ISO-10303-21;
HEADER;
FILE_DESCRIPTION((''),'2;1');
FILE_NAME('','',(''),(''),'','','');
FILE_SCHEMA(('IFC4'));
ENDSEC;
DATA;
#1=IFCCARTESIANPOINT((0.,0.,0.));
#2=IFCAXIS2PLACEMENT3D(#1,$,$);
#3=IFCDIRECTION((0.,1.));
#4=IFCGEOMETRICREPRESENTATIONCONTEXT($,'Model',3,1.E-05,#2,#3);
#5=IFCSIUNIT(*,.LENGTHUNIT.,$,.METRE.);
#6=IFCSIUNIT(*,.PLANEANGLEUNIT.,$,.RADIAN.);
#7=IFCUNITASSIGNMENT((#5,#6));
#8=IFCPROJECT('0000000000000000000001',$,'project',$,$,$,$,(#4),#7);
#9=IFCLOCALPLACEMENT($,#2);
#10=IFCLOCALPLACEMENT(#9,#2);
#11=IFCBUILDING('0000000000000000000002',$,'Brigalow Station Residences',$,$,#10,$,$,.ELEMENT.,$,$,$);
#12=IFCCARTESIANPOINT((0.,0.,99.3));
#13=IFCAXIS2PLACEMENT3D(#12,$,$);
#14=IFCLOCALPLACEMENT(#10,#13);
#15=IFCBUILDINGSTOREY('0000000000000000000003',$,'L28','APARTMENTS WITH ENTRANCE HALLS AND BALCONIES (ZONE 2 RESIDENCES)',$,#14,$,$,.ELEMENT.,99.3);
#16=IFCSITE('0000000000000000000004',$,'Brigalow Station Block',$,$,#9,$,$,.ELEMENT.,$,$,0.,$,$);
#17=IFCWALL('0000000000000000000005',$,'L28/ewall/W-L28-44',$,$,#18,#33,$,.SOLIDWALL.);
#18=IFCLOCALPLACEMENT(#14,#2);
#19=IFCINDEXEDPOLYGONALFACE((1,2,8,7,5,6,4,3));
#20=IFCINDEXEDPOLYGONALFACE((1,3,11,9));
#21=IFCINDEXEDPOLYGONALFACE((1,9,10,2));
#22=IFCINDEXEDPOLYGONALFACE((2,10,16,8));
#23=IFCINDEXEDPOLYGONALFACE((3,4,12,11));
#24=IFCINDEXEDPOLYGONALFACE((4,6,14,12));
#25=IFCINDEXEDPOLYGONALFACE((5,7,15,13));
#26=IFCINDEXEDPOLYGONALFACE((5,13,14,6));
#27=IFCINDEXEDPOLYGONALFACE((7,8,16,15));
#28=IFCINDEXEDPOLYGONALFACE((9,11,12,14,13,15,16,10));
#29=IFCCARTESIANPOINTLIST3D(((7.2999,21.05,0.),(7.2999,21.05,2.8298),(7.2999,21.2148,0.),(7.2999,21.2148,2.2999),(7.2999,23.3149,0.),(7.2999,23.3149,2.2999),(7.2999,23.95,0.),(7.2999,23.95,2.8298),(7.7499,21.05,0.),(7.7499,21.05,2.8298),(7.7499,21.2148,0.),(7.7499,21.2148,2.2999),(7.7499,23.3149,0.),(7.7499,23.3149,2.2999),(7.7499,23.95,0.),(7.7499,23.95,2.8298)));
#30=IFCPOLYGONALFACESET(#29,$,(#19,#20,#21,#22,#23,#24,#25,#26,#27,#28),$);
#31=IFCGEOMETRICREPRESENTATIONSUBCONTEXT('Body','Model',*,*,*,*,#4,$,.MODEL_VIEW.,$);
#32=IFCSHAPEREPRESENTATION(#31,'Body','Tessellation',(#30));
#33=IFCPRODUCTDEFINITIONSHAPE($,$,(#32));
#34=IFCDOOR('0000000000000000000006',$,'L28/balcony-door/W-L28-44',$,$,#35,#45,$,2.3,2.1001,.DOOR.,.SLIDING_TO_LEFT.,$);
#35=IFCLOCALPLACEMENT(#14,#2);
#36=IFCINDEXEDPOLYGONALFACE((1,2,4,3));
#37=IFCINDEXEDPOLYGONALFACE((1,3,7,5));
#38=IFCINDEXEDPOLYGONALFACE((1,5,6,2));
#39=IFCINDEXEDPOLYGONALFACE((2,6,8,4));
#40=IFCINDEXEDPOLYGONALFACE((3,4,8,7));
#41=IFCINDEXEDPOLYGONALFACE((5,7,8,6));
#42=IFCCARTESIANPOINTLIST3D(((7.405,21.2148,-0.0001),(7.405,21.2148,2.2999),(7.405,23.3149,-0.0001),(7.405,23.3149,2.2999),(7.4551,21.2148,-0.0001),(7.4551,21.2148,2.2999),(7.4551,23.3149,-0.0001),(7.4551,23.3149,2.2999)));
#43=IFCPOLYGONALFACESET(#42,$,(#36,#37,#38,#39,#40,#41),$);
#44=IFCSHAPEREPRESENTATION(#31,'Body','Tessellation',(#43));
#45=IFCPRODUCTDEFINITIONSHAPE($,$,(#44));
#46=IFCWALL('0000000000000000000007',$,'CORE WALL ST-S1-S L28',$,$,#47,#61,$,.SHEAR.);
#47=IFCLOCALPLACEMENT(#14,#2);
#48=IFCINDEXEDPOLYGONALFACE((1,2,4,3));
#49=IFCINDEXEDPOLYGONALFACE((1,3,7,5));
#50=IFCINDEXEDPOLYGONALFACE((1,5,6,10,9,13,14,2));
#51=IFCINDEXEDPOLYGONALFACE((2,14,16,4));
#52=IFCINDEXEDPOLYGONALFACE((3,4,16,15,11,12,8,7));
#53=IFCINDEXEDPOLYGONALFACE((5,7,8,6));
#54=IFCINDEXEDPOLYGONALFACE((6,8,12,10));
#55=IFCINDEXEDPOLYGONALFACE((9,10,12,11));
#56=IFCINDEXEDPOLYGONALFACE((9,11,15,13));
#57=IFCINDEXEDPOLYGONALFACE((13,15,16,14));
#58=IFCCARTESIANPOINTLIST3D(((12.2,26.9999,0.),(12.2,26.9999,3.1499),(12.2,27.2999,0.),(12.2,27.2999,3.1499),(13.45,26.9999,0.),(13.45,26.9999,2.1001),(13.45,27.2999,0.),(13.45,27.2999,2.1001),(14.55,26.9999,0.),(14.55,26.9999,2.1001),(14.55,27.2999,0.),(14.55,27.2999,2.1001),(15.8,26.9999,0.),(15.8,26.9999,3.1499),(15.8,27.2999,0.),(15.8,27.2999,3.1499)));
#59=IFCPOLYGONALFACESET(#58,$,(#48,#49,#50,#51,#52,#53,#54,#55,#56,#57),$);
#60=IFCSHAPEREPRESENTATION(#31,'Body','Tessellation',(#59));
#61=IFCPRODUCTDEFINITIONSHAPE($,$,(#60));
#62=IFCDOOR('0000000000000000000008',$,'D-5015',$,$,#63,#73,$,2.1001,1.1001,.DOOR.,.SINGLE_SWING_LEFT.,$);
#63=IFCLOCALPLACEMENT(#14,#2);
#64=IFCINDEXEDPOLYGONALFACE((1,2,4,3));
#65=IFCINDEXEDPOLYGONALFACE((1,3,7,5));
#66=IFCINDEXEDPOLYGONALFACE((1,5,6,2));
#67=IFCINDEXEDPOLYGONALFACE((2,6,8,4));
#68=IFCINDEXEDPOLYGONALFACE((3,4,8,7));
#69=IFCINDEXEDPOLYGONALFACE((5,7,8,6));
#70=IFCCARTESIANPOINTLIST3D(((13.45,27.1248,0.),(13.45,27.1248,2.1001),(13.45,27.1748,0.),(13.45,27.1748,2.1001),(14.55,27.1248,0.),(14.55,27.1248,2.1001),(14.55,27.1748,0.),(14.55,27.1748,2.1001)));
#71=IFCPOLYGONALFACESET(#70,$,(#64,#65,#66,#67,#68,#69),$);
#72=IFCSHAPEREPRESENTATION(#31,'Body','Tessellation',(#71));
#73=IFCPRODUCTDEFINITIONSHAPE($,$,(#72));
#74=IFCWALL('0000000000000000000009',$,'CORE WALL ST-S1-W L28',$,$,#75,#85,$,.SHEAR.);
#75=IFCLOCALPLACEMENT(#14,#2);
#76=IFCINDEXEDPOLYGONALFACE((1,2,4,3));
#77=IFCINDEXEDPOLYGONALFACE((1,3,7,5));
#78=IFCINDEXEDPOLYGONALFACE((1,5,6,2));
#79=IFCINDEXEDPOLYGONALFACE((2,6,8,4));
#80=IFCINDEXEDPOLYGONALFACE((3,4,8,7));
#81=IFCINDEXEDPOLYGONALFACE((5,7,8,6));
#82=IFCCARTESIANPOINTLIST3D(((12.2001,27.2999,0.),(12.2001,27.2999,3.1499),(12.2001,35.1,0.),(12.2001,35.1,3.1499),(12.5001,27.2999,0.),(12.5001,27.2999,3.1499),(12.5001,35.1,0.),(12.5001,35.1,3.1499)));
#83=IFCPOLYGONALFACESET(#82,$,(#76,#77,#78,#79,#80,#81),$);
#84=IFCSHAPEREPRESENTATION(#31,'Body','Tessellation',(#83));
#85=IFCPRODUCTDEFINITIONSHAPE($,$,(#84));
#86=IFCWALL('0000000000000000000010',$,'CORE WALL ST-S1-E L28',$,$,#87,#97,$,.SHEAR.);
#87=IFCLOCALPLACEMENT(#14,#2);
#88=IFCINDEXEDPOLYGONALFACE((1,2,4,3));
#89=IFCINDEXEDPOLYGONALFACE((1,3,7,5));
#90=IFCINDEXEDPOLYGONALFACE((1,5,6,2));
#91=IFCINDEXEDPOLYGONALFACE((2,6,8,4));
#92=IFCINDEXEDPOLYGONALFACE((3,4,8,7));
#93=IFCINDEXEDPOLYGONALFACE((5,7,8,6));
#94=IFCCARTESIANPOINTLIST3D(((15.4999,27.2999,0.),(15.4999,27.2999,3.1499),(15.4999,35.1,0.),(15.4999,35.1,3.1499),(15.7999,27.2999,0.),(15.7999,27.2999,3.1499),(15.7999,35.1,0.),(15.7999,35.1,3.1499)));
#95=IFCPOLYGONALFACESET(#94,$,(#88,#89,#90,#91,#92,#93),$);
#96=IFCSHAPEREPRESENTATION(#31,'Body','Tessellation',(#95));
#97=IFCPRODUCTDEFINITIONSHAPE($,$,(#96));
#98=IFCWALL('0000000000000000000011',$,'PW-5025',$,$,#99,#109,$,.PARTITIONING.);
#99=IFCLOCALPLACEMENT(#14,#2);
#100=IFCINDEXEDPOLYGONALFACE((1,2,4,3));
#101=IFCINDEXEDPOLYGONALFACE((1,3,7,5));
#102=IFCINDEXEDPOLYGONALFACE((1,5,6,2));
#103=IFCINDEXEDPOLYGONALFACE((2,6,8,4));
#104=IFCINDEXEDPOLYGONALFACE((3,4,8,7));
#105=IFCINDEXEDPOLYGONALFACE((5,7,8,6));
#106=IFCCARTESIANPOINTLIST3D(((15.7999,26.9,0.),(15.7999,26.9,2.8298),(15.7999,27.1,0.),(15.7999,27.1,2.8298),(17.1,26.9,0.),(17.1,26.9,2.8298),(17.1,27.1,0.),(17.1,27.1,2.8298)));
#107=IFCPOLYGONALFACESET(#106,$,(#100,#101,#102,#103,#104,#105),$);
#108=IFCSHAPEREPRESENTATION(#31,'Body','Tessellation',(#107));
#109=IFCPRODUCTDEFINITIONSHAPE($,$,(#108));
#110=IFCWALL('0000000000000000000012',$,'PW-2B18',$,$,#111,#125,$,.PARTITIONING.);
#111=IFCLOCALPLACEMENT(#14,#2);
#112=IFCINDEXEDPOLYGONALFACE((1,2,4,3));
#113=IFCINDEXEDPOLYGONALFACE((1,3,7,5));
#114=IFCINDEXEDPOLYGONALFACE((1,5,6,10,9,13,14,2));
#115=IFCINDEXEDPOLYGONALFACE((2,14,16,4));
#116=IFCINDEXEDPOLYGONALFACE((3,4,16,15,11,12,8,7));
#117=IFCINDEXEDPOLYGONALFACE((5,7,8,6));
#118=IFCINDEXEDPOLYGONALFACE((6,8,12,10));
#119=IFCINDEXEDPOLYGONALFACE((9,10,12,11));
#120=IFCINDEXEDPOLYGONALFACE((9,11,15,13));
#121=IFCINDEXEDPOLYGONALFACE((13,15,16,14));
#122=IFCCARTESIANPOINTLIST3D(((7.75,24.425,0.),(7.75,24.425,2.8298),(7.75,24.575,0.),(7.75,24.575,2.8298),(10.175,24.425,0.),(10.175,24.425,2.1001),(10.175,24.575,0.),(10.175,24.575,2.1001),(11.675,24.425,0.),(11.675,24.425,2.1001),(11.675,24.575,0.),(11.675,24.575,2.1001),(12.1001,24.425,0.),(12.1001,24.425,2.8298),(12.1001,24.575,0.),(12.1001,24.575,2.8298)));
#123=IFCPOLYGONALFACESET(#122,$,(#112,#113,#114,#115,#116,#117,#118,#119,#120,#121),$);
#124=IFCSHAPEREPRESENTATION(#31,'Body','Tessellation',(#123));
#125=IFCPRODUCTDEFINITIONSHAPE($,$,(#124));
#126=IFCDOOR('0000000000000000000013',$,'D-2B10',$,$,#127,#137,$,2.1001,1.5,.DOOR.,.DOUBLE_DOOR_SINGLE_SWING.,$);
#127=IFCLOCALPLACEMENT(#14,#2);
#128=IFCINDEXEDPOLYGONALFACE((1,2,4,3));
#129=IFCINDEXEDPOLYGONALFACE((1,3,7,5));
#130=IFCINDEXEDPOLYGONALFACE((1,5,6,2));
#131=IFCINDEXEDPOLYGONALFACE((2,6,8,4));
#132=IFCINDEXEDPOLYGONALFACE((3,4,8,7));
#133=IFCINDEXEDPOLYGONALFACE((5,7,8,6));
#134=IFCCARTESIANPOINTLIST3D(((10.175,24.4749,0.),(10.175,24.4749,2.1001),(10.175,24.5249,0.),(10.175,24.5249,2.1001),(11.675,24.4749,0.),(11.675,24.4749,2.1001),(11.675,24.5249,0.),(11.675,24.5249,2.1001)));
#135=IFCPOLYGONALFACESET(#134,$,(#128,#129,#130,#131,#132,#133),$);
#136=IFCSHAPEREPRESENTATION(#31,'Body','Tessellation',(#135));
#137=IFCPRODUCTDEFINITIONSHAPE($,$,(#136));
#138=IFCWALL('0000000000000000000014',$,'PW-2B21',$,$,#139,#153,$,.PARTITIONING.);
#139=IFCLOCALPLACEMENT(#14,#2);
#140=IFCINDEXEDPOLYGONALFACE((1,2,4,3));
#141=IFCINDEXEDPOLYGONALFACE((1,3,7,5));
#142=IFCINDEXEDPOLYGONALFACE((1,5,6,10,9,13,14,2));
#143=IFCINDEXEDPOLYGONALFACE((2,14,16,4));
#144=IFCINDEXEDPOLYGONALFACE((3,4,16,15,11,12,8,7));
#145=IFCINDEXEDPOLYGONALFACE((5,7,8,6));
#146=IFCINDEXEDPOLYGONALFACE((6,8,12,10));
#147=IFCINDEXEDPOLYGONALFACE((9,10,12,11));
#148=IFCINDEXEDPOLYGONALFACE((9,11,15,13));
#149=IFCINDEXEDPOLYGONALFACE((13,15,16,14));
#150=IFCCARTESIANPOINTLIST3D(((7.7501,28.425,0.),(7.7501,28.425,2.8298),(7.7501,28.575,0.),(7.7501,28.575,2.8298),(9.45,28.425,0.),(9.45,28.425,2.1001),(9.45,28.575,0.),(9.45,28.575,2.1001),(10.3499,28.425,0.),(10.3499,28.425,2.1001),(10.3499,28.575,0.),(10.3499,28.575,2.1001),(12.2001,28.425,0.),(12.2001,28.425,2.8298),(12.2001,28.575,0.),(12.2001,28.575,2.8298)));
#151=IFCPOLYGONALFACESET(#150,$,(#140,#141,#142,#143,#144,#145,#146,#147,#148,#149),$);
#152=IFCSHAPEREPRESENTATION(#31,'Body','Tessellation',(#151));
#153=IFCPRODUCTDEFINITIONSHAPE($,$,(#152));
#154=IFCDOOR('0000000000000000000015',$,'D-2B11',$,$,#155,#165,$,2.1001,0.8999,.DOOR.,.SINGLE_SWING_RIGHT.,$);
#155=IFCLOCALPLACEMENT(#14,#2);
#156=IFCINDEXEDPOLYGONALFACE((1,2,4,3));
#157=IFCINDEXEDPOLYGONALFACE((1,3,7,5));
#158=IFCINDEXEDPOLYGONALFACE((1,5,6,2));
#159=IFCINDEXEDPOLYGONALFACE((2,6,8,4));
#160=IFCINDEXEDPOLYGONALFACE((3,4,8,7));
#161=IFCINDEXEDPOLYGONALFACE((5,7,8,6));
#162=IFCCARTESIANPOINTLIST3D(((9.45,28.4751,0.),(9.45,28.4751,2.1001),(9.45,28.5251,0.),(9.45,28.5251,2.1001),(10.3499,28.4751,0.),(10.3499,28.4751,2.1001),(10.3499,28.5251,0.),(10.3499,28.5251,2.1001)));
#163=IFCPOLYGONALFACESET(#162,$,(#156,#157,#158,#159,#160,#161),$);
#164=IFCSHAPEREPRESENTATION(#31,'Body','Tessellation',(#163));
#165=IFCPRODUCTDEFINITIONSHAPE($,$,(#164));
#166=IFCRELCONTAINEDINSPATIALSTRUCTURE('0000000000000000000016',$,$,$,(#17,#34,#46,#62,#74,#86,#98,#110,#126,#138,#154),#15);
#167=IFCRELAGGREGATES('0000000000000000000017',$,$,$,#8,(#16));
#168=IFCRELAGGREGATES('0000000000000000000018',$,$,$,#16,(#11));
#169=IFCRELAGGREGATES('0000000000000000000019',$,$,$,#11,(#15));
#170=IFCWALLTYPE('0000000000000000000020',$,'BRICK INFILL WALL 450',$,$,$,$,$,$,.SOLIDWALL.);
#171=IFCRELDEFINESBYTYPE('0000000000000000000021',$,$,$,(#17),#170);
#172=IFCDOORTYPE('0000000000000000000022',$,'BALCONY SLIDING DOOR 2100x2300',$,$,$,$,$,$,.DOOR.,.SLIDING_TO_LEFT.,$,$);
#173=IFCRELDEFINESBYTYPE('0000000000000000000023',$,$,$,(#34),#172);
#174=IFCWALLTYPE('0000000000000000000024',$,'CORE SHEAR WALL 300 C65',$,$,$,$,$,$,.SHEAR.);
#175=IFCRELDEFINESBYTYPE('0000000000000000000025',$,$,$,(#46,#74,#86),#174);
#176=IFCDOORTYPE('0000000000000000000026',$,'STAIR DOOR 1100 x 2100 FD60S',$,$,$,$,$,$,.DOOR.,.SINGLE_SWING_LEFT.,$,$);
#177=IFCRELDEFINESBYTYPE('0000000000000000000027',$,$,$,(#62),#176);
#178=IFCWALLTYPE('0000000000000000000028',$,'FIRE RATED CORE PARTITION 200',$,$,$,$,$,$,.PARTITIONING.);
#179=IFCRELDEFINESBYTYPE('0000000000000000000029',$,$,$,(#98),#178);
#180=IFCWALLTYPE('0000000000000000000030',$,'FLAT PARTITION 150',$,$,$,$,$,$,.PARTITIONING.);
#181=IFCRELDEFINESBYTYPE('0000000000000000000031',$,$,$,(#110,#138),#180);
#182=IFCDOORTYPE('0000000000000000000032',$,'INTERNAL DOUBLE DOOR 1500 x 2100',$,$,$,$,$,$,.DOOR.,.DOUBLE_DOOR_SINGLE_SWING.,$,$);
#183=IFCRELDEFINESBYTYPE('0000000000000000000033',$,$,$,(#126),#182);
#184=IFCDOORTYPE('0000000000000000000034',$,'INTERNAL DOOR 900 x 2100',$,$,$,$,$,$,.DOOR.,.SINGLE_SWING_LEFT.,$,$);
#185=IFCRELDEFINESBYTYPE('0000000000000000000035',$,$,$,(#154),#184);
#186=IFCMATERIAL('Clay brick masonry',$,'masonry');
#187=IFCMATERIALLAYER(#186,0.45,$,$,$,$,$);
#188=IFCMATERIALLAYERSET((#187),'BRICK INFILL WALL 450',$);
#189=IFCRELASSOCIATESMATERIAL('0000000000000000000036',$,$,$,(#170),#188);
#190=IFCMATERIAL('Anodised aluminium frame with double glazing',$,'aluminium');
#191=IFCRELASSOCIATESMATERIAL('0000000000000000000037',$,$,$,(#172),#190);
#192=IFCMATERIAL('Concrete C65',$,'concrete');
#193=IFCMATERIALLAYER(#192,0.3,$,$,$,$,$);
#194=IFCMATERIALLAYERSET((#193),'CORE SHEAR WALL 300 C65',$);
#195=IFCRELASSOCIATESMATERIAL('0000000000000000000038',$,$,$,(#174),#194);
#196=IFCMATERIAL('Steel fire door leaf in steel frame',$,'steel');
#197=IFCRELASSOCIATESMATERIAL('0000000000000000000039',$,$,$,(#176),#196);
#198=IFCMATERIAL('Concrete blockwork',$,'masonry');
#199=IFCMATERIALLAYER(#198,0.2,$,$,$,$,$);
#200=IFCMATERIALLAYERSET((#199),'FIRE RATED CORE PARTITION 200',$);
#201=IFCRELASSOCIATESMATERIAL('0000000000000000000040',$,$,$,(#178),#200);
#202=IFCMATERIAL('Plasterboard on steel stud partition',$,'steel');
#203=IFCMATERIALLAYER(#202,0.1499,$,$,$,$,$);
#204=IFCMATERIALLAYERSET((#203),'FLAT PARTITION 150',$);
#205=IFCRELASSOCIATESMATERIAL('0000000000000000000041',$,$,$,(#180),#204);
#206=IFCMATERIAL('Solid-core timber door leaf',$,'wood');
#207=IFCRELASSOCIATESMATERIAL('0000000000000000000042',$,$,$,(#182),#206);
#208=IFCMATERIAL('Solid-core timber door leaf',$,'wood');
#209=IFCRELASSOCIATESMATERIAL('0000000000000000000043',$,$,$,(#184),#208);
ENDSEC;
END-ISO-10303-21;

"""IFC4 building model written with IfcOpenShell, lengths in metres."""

from ifc_helpers import new_model, si_unit, direction, frame, frame_2d, origin, place, context, subcontext, project, spatial, rectangle, extrude, material, layer, layer_set, type_object, element, fill, save


model = new_model("IFC4")

# Units and contexts
model_context = context("Model", 3, precision=1e-05, world=origin(), true_north=direction((0.0, 1.0)))
body_context = subcontext(model_context, "Body", "Model", "MODEL_VIEW")
ifc_project = project(units=[si_unit("LENGTHUNIT", "METRE"), si_unit("PLANEANGLEUNIT", "RADIAN")], contexts=[model_context])

# Site, building, storey
site_placement = place(None, origin())
site = spatial("IfcSite", under=ifc_project, at=site_placement, Name="Brigalow Station Block", CompositionType="ELEMENT", RefElevation=0.0)
building_placement = place(site_placement, origin())
building = spatial("IfcBuilding", under=site, at=building_placement, Name="Brigalow Station Residences", CompositionType="ELEMENT")
storey_placement = place(building_placement, frame((0.0, 0.0, 99.3)))
storey = spatial("IfcBuildingStorey", under=building, at=storey_placement, Name="L28", Description="APARTMENTS WITH ENTRANCE HALLS AND BALCONIES (ZONE 2 RESIDENCES)", CompositionType="ELEMENT", Elevation=99.3)

# Shared definitions
ifc_material_1 = material(Name="Clay brick masonry", Category="masonry")
ifc_layer_1 = layer(ifc_material_1, 0.45)
ifc_layer_set_1 = layer_set([ifc_layer_1], Name="BRICK INFILL WALL 450")
wall_type_1 = type_object("IfcWallType", Name="BRICK INFILL WALL 450", PredefinedType="SOLIDWALL", material=ifc_layer_set_1)

# Walls, openings, doors
wall_1_placement = place(storey_placement, frame((7.5249, 23.95, 0.0), z_axis=(0.0, 0.0, 1.0), x_axis=(0.0, -1.0, 0.0)))
wall_1 = element("IfcWall", 1, at=wall_1_placement, inside=storey, type_object=wall_type_1, Name="L28/ewall/W-L28-44", PredefinedType="SOLIDWALL", context=body_context, shape_type="SweptSolid", body=[
    extrude(rectangle(XDim=2.8999, YDim=0.45, at=frame_2d((1.45, 0.0))), origin(), (0.0, 0.0, 1.0), 2.8298),
])
opening_1_placement = place(wall_1_placement, frame((0.635, 0.0, 0.0)))
opening_1 = element("IfcOpeningElement", 2, at=opening_1_placement, cuts=wall_1, PredefinedType="OPENING", context=body_context, shape_type="SweptSolid", body=[
    extrude(rectangle(XDim=2.1001, YDim=2.3, at=frame_2d((1.05, 1.1499))), frame((0.0, 0.2349, 0.0), z_axis=(0.0, -1.0, 0.0), x_axis=(1.0, 0.0, 0.0)), (0.0, 0.0, 1.0), 0.47),
])
ifc_material_2 = material(Name="Anodised aluminium frame with double glazing", Category="aluminium")
door_type_1 = type_object("IfcDoorType", Name="BALCONY SLIDING DOOR 2100x2300", OperationType="SLIDING_TO_LEFT", PredefinedType="DOOR", material=ifc_material_2)
door_1_placement = place(opening_1_placement, origin())
door_1 = element("IfcDoor", 3, at=door_1_placement, inside=storey, type_object=door_type_1, Name="L28/balcony-door/W-L28-44", OperationType="SLIDING_TO_LEFT", OverallHeight=2.3, OverallWidth=2.1001, PredefinedType="DOOR", context=body_context, shape_type="SweptSolid", body=[
    extrude(rectangle(XDim=2.1001, YDim=2.3, at=frame_2d((1.05, 1.1499))), frame((0.0, -0.0698, 0.0), z_axis=(0.0, -1.0, 0.0), x_axis=(1.0, 0.0, 0.0)), (0.0, 0.0, 1.0), 0.05),
])
fill(opening_1, door_1)
ifc_material_3 = material(Name="Concrete C65", Category="concrete")
ifc_layer_2 = layer(ifc_material_3, 0.3)
ifc_layer_set_2 = layer_set([ifc_layer_2], Name="CORE SHEAR WALL 300 C65")
wall_type_2 = type_object("IfcWallType", Name="CORE SHEAR WALL 300 C65", PredefinedType="SHEAR", material=ifc_layer_set_2)
wall_2_placement = place(storey_placement, frame((12.2, 27.1499, 0.0), z_axis=(0.0, 0.0, 1.0), x_axis=(1.0, 0.0, 0.0)))
wall_2 = element("IfcWall", 4, at=wall_2_placement, inside=storey, type_object=wall_type_2, Name="CORE WALL ST-S1-S L28", PredefinedType="SHEAR", context=body_context, shape_type="SweptSolid", body=[
    extrude(rectangle(XDim=3.6001, YDim=0.3, at=frame_2d((1.8, 0.0))), origin(), (0.0, 0.0, 1.0), 3.1499),
])
opening_2_placement = place(wall_2_placement, frame((1.25, 0.0, 0.0)))
opening_2 = element("IfcOpeningElement", 5, at=opening_2_placement, cuts=wall_2, PredefinedType="OPENING", context=body_context, shape_type="SweptSolid", body=[
    extrude(rectangle(XDim=1.1001, YDim=2.1001, at=frame_2d((0.55, 1.05))), frame((0.0, 0.1602, 0.0), z_axis=(0.0, -1.0, 0.0), x_axis=(1.0, 0.0, 0.0)), (0.0, 0.0, 1.0), 0.3201),
])
ifc_material_4 = material(Name="Steel fire door leaf in steel frame", Category="steel")
door_type_2 = type_object("IfcDoorType", Name="STAIR DOOR 1100 x 2100 FD60S", OperationType="SINGLE_SWING_LEFT", PredefinedType="DOOR", material=ifc_material_4)
door_2_placement = place(opening_2_placement, origin())
door_2 = element("IfcDoor", 6, at=door_2_placement, inside=storey, type_object=door_type_2, Name="D-5015", OperationType="SINGLE_SWING_LEFT", OverallHeight=2.1001, OverallWidth=1.1001, PredefinedType="DOOR", context=body_context, shape_type="SweptSolid", body=[
    extrude(rectangle(XDim=1.1001, YDim=2.1001, at=frame_2d((0.55, 1.05))), frame((0.0, 0.0249, 0.0), z_axis=(0.0, -1.0, 0.0), x_axis=(1.0, 0.0, 0.0)), (0.0, 0.0, 1.0), 0.05),
])
fill(opening_2, door_2)

# Walls
for number, where, z_axis, x_axis, name in (
    (7, (12.3501, 27.3, 0.0), (0.0, 0.0, 1.0), (0.0, 1.0, 0.0), "CORE WALL ST-S1-W L28"),
    (8, (15.6499, 27.3, 0.0), (0.0, 0.0, 1.0), (0.0, 1.0, 0.0), "CORE WALL ST-S1-E L28"),
):
    element("IfcWall", number, at=place(storey_placement, frame(where, z_axis=z_axis, x_axis=x_axis)), inside=storey, type_object=wall_type_2, Name=name, PredefinedType="SHEAR", context=body_context, shape_type="SweptSolid", body=[
        extrude(rectangle(XDim=7.8, YDim=0.3, at=frame_2d((3.8999, 0.0))), origin(), (0.0, 0.0, 1.0), 3.1499),
    ])
ifc_material_5 = material(Name="Concrete blockwork", Category="masonry")
ifc_layer_3 = layer(ifc_material_5, 0.2)
ifc_layer_set_3 = layer_set([ifc_layer_3], Name="FIRE RATED CORE PARTITION 200")
wall_type_3 = type_object("IfcWallType", Name="FIRE RATED CORE PARTITION 200", PredefinedType="PARTITIONING", material=ifc_layer_set_3)
wall_3_placement = place(storey_placement, frame((15.8, 27.0, 0.0), z_axis=(0.0, 0.0, 1.0), x_axis=(1.0, 0.0, 0.0)))
element("IfcWall", 9, at=wall_3_placement, inside=storey, type_object=wall_type_3, Name="PW-5025", PredefinedType="PARTITIONING", context=body_context, shape_type="SweptSolid", body=[
    extrude(rectangle(XDim=1.3, YDim=0.2, at=frame_2d((0.6499, 0.0))), origin(), (0.0, 0.0, 1.0), 2.8298),
])

# Walls, openings, doors
ifc_material_6 = material(Name="Plasterboard on steel stud partition", Category="steel")
ifc_layer_4 = layer(ifc_material_6, 0.1499)
ifc_layer_set_4 = layer_set([ifc_layer_4], Name="FLAT PARTITION 150")
wall_type_4 = type_object("IfcWallType", Name="FLAT PARTITION 150", PredefinedType="PARTITIONING", material=ifc_layer_set_4)
wall_4_placement = place(storey_placement, frame((7.75, 24.5, 0.0), z_axis=(0.0, 0.0, 1.0), x_axis=(1.0, 0.0, 0.0)))
wall_4 = element("IfcWall", 10, at=wall_4_placement, inside=storey, type_object=wall_type_4, Name="PW-2B18", PredefinedType="PARTITIONING", context=body_context, shape_type="SweptSolid", body=[
    extrude(rectangle(XDim=4.3501, YDim=0.1499, at=frame_2d((2.175, 0.0))), origin(), (0.0, 0.0, 1.0), 2.8298),
])
opening_3_placement = place(wall_4_placement, frame((2.425, 0.0, 0.0)))
opening_3 = element("IfcOpeningElement", 11, at=opening_3_placement, cuts=wall_4, PredefinedType="OPENING", context=body_context, shape_type="SweptSolid", body=[
    extrude(rectangle(XDim=1.5, YDim=2.1001, at=frame_2d((0.75, 1.05))), frame((0.0, 0.085, 0.0), z_axis=(0.0, -1.0, 0.0), x_axis=(1.0, 0.0, 0.0)), (0.0, 0.0, 1.0), 0.1699),
])
ifc_material_7 = material(Name="Solid-core timber door leaf", Category="wood")
door_type_3 = type_object("IfcDoorType", Name="INTERNAL DOUBLE DOOR 1500 x 2100", OperationType="DOUBLE_DOOR_SINGLE_SWING", PredefinedType="DOOR", material=ifc_material_7)
door_3_placement = place(opening_3_placement, origin())
door_3 = element("IfcDoor", 12, at=door_3_placement, inside=storey, type_object=door_type_3, Name="D-2B10", OperationType="DOUBLE_DOOR_SINGLE_SWING", OverallHeight=2.1001, OverallWidth=1.5, PredefinedType="DOOR", context=body_context, shape_type="SweptSolid", body=[
    extrude(rectangle(XDim=1.5, YDim=2.1001, at=frame_2d((0.75, 1.05))), frame((0.0, 0.0249, 0.0), z_axis=(0.0, -1.0, 0.0), x_axis=(1.0, 0.0, 0.0)), (0.0, 0.0, 1.0), 0.05),
])
fill(opening_3, door_3)
wall_5_placement = place(storey_placement, frame((7.75, 28.5, 0.0), z_axis=(0.0, 0.0, 1.0), x_axis=(1.0, 0.0, 0.0)))
wall_5 = element("IfcWall", 13, at=wall_5_placement, inside=storey, type_object=wall_type_4, Name="PW-2B21", PredefinedType="PARTITIONING", context=body_context, shape_type="SweptSolid", body=[
    extrude(rectangle(XDim=4.45, YDim=0.1499, at=frame_2d((2.2251, 0.0))), origin(), (0.0, 0.0, 1.0), 2.8298),
])
opening_4_placement = place(wall_5_placement, frame((1.7, 0.0, 0.0)))
opening_4 = element("IfcOpeningElement", 14, at=opening_4_placement, cuts=wall_5, PredefinedType="OPENING", context=body_context, shape_type="SweptSolid", body=[
    extrude(rectangle(XDim=0.8999, YDim=2.1001, at=frame_2d((0.45, 1.05))), frame((0.0, 0.085, 0.0), z_axis=(0.0, -1.0, 0.0), x_axis=(1.0, 0.0, 0.0)), (0.0, 0.0, 1.0), 0.1699),
])
ifc_material_8 = material(Name="Solid-core timber door leaf", Category="wood")
door_type_4 = type_object("IfcDoorType", Name="INTERNAL DOOR 900 x 2100", OperationType="SINGLE_SWING_LEFT", PredefinedType="DOOR", material=ifc_material_8)
door_4_placement = place(opening_4_placement, frame((0.8999, 0.0, 0.0), z_axis=(0.0, 0.0, 1.0), x_axis=(-1.0, 0.0, 0.0)))
door_4 = element("IfcDoor", 15, at=door_4_placement, inside=storey, type_object=door_type_4, Name="D-2B11", OperationType="SINGLE_SWING_RIGHT", OverallHeight=2.1001, OverallWidth=0.8999, PredefinedType="DOOR", context=body_context, shape_type="SweptSolid", body=[
    extrude(rectangle(XDim=0.8999, YDim=2.1001, at=frame_2d((0.45, 1.05))), frame((0.0, 0.0249, 0.0), z_axis=(0.0, -1.0, 0.0), x_axis=(1.0, 0.0, 0.0)), (0.0, 0.0, 1.0), 0.05),
])
fill(opening_4, door_4)

save(model, "model.ifc")
